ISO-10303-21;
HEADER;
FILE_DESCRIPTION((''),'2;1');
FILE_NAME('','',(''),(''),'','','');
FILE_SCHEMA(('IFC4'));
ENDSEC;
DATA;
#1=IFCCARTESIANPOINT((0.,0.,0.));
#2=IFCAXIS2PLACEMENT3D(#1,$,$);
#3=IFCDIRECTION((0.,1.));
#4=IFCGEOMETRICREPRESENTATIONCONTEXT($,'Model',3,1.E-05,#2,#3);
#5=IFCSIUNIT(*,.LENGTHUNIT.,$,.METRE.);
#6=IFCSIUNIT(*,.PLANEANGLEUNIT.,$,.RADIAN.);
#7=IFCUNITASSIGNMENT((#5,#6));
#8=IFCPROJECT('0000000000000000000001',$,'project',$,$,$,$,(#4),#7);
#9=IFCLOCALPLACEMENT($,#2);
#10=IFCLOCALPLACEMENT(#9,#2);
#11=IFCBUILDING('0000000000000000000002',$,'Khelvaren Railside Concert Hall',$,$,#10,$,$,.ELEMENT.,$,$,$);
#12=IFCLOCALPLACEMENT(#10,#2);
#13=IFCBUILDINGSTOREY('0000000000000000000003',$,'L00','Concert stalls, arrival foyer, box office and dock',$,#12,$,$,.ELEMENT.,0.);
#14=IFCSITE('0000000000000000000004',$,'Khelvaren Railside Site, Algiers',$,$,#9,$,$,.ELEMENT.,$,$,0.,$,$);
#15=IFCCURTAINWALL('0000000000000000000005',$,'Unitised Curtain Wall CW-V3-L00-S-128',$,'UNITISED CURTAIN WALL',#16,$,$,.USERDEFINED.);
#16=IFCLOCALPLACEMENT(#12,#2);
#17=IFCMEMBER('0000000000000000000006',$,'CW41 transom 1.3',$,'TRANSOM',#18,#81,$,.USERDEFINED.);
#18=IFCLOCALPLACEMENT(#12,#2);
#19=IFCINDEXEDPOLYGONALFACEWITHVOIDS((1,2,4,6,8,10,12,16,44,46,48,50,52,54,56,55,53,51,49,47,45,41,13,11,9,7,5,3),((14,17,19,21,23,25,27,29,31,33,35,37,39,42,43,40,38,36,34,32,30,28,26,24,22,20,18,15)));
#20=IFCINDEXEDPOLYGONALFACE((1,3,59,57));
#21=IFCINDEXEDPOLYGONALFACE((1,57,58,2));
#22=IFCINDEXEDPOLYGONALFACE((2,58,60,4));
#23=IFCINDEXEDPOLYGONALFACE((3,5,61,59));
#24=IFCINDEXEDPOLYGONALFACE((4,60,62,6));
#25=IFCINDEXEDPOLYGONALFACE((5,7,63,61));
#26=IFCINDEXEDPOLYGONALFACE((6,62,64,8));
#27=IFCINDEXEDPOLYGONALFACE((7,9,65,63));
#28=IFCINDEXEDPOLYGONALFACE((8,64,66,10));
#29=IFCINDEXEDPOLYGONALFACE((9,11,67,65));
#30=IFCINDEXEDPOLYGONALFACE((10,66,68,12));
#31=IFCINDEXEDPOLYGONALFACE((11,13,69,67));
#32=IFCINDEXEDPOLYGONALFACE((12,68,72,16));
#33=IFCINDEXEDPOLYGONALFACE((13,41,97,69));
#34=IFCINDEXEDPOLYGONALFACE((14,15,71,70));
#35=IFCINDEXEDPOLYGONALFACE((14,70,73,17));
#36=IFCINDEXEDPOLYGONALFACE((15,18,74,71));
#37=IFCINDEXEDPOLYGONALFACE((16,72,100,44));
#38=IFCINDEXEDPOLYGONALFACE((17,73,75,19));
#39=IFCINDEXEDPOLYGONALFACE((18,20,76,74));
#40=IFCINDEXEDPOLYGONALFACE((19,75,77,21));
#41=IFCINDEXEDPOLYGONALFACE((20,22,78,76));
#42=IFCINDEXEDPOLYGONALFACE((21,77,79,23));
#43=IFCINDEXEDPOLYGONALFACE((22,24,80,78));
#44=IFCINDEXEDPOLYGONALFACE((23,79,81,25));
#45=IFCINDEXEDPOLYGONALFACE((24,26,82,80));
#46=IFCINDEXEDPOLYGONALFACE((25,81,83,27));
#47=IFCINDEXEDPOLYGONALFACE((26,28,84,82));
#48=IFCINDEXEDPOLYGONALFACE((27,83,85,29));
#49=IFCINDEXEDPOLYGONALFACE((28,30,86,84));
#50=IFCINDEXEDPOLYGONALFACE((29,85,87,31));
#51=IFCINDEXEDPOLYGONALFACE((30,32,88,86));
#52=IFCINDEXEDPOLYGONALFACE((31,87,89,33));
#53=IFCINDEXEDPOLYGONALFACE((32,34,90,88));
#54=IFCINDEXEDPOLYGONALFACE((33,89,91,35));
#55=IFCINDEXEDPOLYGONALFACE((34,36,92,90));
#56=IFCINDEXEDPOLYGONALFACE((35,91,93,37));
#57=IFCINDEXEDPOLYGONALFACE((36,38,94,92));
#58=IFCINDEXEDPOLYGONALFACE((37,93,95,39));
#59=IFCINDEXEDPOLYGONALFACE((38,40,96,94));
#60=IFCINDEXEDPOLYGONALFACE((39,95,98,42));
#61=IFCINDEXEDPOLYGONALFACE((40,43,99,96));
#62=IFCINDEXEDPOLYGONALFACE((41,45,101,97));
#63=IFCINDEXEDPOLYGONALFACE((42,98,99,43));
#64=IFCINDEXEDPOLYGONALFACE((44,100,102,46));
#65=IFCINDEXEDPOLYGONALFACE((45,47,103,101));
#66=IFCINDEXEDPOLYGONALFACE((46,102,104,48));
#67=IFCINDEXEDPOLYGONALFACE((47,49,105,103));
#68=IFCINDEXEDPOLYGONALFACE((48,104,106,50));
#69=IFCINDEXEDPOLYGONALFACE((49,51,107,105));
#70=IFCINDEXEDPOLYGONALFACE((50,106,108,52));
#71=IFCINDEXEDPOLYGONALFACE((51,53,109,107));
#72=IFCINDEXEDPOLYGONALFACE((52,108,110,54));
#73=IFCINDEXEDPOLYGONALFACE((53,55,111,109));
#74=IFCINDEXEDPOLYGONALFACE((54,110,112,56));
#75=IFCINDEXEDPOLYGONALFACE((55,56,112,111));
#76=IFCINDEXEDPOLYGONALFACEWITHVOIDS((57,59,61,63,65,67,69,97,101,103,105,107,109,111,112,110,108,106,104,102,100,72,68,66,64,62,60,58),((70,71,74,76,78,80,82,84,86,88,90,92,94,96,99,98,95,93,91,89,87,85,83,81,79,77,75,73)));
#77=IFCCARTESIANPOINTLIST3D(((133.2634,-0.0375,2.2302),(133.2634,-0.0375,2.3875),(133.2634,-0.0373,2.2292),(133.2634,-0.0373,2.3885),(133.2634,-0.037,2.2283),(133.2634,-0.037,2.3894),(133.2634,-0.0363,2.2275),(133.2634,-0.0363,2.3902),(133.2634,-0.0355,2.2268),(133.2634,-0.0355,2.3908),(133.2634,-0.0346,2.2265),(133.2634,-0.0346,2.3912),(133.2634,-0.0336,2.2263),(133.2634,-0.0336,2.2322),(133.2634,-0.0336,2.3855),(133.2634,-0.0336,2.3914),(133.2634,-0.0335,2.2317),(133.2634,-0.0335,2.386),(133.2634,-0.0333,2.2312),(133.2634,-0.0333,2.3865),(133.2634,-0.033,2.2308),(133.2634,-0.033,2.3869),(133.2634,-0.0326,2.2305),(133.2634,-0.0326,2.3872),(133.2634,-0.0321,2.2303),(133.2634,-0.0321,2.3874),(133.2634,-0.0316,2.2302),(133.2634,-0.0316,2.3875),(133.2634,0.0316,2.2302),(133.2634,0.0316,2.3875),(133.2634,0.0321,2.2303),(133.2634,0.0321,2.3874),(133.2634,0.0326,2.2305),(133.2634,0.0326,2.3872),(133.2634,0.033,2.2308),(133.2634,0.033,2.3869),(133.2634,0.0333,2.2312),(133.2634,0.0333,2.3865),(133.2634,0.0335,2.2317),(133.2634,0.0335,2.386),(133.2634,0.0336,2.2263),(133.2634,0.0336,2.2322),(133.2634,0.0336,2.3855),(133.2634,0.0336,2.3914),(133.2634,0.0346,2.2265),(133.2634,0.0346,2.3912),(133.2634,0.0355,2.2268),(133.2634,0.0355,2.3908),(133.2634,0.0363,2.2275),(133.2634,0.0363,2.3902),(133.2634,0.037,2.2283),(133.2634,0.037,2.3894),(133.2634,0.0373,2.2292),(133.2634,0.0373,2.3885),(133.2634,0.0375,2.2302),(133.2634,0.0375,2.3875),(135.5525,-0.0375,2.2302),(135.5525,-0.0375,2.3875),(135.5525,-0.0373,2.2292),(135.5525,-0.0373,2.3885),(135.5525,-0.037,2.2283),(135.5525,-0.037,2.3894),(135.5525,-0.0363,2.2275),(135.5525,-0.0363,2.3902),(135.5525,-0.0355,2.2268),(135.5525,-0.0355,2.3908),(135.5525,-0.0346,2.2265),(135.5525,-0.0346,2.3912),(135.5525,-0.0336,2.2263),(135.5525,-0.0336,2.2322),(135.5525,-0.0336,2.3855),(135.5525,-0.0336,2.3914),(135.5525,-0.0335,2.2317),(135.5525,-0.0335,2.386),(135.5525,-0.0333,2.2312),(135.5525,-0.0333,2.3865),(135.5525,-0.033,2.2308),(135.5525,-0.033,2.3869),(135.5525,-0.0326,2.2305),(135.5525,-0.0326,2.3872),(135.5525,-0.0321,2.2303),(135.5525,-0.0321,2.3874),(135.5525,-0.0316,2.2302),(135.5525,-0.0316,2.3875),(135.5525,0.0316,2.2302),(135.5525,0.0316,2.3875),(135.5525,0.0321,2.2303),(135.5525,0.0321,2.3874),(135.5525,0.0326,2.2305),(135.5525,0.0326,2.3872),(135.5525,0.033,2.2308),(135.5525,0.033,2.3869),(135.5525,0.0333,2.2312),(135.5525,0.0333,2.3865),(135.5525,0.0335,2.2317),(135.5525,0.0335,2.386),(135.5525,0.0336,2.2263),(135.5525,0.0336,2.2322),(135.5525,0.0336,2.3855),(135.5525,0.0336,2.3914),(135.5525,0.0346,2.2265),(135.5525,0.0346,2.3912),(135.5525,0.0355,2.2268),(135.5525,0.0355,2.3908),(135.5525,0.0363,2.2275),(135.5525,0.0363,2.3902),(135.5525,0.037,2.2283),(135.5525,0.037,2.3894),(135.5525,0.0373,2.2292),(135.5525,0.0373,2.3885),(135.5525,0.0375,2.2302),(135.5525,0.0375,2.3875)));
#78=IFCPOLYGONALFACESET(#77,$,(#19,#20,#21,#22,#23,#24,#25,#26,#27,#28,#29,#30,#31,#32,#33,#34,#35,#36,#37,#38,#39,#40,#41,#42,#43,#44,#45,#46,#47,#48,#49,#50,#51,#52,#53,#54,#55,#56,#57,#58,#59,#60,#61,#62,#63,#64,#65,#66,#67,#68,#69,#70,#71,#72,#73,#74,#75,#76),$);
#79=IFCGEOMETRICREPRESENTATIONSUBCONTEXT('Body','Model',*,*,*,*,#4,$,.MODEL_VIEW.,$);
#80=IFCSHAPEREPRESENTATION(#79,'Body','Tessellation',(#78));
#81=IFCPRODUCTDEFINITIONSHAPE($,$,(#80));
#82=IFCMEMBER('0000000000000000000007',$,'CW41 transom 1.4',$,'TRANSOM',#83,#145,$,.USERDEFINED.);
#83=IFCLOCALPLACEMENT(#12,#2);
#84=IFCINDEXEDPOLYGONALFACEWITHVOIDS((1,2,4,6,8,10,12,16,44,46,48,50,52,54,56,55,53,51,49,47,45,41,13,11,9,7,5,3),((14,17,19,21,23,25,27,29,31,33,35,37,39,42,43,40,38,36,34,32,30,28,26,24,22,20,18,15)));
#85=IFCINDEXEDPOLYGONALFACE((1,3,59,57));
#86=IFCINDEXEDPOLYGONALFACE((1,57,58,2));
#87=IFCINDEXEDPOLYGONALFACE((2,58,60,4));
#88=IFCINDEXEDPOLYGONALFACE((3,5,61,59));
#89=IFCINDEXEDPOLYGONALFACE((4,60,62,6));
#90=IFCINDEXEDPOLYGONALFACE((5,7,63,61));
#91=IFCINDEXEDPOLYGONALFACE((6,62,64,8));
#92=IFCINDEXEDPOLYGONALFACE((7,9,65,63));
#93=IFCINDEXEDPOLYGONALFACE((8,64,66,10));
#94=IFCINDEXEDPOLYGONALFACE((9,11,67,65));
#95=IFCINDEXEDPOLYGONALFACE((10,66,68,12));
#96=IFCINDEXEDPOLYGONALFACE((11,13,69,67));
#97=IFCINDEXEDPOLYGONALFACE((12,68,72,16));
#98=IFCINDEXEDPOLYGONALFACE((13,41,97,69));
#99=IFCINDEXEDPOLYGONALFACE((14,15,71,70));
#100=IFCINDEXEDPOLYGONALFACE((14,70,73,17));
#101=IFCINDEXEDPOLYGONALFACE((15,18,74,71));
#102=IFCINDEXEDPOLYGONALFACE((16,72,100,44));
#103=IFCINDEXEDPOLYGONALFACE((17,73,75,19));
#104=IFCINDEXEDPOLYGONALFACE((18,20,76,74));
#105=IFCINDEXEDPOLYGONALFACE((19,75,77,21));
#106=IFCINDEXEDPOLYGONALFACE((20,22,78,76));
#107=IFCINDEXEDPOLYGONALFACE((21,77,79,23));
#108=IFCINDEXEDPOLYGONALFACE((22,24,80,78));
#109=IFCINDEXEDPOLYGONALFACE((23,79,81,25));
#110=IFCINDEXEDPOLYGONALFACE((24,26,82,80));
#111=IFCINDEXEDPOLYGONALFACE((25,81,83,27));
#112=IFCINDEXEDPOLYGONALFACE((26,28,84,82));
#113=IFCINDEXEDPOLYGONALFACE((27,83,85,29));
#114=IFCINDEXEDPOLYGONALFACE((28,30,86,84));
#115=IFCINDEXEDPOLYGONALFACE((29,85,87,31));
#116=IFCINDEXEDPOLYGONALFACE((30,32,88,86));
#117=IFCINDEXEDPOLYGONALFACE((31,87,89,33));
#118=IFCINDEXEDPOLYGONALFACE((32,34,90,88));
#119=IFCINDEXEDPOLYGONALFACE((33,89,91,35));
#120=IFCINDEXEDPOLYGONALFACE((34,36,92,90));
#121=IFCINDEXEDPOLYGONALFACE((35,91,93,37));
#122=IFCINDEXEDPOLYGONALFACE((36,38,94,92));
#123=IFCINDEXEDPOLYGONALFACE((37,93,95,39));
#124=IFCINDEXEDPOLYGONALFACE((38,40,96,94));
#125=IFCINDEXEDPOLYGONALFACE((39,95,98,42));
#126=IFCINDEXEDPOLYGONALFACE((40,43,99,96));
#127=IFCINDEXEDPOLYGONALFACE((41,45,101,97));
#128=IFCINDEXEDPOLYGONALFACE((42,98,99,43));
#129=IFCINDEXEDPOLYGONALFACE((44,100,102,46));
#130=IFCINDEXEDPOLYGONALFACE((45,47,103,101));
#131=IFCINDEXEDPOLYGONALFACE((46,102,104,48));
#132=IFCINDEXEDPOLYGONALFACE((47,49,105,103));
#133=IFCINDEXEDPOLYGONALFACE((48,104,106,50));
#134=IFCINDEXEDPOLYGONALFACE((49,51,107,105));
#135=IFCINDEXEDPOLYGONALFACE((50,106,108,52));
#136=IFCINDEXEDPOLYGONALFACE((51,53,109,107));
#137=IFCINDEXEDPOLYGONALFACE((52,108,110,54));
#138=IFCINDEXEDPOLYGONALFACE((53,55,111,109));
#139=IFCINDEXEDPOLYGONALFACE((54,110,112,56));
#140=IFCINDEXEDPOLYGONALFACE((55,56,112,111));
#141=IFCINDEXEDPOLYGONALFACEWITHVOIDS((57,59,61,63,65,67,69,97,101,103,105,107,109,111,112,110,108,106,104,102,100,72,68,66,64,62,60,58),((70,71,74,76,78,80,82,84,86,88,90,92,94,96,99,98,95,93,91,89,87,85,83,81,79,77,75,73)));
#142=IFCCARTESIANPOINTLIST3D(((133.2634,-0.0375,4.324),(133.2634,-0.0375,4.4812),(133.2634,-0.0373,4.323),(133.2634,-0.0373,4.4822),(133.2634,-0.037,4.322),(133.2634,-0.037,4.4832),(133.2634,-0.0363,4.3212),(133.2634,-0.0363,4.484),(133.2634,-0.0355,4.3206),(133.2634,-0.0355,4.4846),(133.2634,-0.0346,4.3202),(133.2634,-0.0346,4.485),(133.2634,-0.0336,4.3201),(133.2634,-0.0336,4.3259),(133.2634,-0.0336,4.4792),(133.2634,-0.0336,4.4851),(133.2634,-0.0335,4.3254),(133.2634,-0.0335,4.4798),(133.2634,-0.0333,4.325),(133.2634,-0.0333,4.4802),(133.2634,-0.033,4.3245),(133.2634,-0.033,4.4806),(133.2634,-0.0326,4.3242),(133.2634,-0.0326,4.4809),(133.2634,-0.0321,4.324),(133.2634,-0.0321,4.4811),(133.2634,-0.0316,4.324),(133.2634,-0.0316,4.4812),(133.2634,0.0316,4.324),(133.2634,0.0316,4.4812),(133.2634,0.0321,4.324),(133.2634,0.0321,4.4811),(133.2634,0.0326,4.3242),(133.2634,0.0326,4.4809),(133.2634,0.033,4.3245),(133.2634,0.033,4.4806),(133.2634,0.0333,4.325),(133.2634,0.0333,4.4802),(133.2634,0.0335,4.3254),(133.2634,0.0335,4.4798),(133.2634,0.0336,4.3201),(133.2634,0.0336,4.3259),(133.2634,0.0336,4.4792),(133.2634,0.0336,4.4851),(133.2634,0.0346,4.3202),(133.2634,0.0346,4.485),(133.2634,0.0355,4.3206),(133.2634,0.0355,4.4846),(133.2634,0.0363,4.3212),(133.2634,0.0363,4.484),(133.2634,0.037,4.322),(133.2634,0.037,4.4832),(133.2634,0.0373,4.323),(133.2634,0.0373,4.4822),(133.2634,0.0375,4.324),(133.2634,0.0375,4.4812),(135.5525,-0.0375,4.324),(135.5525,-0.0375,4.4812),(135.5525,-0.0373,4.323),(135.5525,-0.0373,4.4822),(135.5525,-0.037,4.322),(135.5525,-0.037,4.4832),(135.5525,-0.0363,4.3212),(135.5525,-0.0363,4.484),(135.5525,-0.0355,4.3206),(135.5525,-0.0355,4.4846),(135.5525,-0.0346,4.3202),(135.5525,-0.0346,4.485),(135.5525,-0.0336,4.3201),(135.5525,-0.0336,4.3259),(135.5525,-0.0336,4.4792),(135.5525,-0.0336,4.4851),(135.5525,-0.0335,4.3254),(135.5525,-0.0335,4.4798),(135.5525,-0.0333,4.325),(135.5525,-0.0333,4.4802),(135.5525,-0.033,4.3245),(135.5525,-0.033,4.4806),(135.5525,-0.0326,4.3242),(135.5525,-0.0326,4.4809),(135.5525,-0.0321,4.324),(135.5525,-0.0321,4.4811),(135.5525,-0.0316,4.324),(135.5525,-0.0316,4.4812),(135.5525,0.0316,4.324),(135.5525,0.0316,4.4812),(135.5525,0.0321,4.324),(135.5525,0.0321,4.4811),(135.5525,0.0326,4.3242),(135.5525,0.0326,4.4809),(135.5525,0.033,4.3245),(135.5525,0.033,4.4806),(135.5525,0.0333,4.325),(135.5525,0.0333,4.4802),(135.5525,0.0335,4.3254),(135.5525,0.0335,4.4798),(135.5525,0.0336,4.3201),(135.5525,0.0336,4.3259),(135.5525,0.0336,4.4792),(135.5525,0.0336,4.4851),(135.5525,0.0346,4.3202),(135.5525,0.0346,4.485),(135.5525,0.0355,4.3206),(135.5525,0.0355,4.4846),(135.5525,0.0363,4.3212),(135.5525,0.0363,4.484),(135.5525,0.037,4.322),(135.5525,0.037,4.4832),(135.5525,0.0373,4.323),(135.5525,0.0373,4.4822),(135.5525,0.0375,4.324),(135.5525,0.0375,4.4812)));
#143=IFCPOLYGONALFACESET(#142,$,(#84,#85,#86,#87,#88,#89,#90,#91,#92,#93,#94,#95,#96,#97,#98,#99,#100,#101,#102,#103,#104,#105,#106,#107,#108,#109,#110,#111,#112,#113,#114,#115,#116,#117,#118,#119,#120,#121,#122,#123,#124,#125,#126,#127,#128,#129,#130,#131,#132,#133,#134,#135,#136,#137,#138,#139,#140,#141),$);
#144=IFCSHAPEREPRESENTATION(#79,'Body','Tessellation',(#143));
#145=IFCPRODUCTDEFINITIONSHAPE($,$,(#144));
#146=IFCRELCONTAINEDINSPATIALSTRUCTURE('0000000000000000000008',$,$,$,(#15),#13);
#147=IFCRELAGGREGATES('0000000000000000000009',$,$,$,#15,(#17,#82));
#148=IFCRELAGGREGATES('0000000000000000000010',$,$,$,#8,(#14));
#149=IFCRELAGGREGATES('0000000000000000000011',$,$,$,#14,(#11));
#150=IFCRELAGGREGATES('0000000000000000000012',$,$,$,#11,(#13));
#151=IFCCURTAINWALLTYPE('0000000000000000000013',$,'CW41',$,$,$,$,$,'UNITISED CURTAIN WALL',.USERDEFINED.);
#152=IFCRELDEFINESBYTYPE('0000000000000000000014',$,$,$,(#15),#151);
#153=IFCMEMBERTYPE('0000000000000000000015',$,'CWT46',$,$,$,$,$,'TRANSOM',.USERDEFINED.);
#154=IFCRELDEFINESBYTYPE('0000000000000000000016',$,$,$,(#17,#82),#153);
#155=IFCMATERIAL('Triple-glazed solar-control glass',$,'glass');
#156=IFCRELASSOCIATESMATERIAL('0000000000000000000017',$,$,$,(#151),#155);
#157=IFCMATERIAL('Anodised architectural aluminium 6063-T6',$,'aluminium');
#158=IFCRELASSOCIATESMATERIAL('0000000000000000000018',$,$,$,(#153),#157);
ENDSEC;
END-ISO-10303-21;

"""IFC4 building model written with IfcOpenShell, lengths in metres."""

from ifc_helpers import new_model, si_unit, direction, frame, origin, origin_2d, place, context, subcontext, project, spatial, hollow_rectangle, extrude, material, material_profile, profile_set, type_object, element, aggregate, save


model = new_model("IFC4")

# Units and contexts
model_context = context("Model", 3, precision=1e-05, world=origin(), true_north=direction((0.0, 1.0)))
body_context = subcontext(model_context, "Body", "Model", "MODEL_VIEW")
ifc_project = project(units=[si_unit("LENGTHUNIT", "METRE"), si_unit("PLANEANGLEUNIT", "RADIAN")], contexts=[model_context])

# Site, building, storey
site_placement = place(None, origin())
site = spatial("IfcSite", under=ifc_project, at=site_placement, Name="Khelvaren Railside Site, Algiers", CompositionType="ELEMENT", RefElevation=0.0)
building_placement = place(site_placement, origin())
building = spatial("IfcBuilding", under=site, at=building_placement, Name="Khelvaren Railside Concert Hall", CompositionType="ELEMENT")
storey_placement = place(building_placement, origin())
storey = spatial("IfcBuildingStorey", under=building, at=storey_placement, Name="L00", Description="Concert stalls, arrival foyer, box office and dock", CompositionType="ELEMENT", Elevation=0.0)

# Curtain wall, members
ifc_material_1 = material(Name="Triple-glazed solar-control glass", Category="glass")
curtain_wall_type = type_object("IfcCurtainWallType", Name="CW41", ElementType="UNITISED CURTAIN WALL", PredefinedType="USERDEFINED", material=ifc_material_1)
curtain_wall_placement = place(storey_placement, origin())
curtain_wall = element("IfcCurtainWall", 1, at=curtain_wall_placement, inside=storey, type_object=curtain_wall_type, Name="Unitised Curtain Wall CW-V3-L00-S-128", ObjectType="UNITISED CURTAIN WALL", PredefinedType="USERDEFINED")
ifc_material_2 = material(Name="Anodised architectural aluminium 6063-T6", Category="aluminium")
ifc_material_profile_1 = material_profile(ifc_material_2, hollow_rectangle(XDim=0.075, YDim=0.165, WallThickness=0.0039, InnerFilletRadius=0.002, OuterFilletRadius=0.0039, at=origin_2d()), Name="CWT 75x165x4")
ifc_profile_set_1 = profile_set([ifc_material_profile_1], Name="Anodised architectural aluminium 6063-T6")
member_type_1 = type_object("IfcMemberType", Name="CWT46", ElementType="TRANSOM", PredefinedType="USERDEFINED", material=ifc_profile_set_1)
member_1_placement = place(storey_placement, frame((135.5525, 0.0, 2.3088), z_axis=(-1.0, 0.0, 0.0), x_axis=(0.0, -1.0, 0.0)))
member_1 = element("IfcMember", 2, at=member_1_placement, type_object=member_type_1, Name="CW41 transom 1.3", ObjectType="TRANSOM", PredefinedType="USERDEFINED", context=body_context, shape_type="SweptSolid", body=[
    extrude(hollow_rectangle(XDim=0.075, YDim=0.165, WallThickness=0.0039, InnerFilletRadius=0.002, OuterFilletRadius=0.0039, at=origin_2d()), origin(), (0.0, 0.0, 1.0), 2.2891),
])
member_2_placement = place(storey_placement, frame((135.5525, 0.0, 4.4026), z_axis=(-1.0, 0.0, 0.0), x_axis=(0.0, -1.0, 0.0)))
member_2 = element("IfcMember", 3, at=member_2_placement, type_object=member_type_1, Name="CW41 transom 1.4", ObjectType="TRANSOM", PredefinedType="USERDEFINED", context=body_context, shape_type="SweptSolid", body=[
    extrude(hollow_rectangle(XDim=0.075, YDim=0.165, WallThickness=0.0039, InnerFilletRadius=0.002, OuterFilletRadius=0.0039, at=origin_2d()), origin(), (0.0, 0.0, 1.0), 2.2891),
])

aggregate(curtain_wall, [member_1, member_2])

save(model, "model.ifc")
